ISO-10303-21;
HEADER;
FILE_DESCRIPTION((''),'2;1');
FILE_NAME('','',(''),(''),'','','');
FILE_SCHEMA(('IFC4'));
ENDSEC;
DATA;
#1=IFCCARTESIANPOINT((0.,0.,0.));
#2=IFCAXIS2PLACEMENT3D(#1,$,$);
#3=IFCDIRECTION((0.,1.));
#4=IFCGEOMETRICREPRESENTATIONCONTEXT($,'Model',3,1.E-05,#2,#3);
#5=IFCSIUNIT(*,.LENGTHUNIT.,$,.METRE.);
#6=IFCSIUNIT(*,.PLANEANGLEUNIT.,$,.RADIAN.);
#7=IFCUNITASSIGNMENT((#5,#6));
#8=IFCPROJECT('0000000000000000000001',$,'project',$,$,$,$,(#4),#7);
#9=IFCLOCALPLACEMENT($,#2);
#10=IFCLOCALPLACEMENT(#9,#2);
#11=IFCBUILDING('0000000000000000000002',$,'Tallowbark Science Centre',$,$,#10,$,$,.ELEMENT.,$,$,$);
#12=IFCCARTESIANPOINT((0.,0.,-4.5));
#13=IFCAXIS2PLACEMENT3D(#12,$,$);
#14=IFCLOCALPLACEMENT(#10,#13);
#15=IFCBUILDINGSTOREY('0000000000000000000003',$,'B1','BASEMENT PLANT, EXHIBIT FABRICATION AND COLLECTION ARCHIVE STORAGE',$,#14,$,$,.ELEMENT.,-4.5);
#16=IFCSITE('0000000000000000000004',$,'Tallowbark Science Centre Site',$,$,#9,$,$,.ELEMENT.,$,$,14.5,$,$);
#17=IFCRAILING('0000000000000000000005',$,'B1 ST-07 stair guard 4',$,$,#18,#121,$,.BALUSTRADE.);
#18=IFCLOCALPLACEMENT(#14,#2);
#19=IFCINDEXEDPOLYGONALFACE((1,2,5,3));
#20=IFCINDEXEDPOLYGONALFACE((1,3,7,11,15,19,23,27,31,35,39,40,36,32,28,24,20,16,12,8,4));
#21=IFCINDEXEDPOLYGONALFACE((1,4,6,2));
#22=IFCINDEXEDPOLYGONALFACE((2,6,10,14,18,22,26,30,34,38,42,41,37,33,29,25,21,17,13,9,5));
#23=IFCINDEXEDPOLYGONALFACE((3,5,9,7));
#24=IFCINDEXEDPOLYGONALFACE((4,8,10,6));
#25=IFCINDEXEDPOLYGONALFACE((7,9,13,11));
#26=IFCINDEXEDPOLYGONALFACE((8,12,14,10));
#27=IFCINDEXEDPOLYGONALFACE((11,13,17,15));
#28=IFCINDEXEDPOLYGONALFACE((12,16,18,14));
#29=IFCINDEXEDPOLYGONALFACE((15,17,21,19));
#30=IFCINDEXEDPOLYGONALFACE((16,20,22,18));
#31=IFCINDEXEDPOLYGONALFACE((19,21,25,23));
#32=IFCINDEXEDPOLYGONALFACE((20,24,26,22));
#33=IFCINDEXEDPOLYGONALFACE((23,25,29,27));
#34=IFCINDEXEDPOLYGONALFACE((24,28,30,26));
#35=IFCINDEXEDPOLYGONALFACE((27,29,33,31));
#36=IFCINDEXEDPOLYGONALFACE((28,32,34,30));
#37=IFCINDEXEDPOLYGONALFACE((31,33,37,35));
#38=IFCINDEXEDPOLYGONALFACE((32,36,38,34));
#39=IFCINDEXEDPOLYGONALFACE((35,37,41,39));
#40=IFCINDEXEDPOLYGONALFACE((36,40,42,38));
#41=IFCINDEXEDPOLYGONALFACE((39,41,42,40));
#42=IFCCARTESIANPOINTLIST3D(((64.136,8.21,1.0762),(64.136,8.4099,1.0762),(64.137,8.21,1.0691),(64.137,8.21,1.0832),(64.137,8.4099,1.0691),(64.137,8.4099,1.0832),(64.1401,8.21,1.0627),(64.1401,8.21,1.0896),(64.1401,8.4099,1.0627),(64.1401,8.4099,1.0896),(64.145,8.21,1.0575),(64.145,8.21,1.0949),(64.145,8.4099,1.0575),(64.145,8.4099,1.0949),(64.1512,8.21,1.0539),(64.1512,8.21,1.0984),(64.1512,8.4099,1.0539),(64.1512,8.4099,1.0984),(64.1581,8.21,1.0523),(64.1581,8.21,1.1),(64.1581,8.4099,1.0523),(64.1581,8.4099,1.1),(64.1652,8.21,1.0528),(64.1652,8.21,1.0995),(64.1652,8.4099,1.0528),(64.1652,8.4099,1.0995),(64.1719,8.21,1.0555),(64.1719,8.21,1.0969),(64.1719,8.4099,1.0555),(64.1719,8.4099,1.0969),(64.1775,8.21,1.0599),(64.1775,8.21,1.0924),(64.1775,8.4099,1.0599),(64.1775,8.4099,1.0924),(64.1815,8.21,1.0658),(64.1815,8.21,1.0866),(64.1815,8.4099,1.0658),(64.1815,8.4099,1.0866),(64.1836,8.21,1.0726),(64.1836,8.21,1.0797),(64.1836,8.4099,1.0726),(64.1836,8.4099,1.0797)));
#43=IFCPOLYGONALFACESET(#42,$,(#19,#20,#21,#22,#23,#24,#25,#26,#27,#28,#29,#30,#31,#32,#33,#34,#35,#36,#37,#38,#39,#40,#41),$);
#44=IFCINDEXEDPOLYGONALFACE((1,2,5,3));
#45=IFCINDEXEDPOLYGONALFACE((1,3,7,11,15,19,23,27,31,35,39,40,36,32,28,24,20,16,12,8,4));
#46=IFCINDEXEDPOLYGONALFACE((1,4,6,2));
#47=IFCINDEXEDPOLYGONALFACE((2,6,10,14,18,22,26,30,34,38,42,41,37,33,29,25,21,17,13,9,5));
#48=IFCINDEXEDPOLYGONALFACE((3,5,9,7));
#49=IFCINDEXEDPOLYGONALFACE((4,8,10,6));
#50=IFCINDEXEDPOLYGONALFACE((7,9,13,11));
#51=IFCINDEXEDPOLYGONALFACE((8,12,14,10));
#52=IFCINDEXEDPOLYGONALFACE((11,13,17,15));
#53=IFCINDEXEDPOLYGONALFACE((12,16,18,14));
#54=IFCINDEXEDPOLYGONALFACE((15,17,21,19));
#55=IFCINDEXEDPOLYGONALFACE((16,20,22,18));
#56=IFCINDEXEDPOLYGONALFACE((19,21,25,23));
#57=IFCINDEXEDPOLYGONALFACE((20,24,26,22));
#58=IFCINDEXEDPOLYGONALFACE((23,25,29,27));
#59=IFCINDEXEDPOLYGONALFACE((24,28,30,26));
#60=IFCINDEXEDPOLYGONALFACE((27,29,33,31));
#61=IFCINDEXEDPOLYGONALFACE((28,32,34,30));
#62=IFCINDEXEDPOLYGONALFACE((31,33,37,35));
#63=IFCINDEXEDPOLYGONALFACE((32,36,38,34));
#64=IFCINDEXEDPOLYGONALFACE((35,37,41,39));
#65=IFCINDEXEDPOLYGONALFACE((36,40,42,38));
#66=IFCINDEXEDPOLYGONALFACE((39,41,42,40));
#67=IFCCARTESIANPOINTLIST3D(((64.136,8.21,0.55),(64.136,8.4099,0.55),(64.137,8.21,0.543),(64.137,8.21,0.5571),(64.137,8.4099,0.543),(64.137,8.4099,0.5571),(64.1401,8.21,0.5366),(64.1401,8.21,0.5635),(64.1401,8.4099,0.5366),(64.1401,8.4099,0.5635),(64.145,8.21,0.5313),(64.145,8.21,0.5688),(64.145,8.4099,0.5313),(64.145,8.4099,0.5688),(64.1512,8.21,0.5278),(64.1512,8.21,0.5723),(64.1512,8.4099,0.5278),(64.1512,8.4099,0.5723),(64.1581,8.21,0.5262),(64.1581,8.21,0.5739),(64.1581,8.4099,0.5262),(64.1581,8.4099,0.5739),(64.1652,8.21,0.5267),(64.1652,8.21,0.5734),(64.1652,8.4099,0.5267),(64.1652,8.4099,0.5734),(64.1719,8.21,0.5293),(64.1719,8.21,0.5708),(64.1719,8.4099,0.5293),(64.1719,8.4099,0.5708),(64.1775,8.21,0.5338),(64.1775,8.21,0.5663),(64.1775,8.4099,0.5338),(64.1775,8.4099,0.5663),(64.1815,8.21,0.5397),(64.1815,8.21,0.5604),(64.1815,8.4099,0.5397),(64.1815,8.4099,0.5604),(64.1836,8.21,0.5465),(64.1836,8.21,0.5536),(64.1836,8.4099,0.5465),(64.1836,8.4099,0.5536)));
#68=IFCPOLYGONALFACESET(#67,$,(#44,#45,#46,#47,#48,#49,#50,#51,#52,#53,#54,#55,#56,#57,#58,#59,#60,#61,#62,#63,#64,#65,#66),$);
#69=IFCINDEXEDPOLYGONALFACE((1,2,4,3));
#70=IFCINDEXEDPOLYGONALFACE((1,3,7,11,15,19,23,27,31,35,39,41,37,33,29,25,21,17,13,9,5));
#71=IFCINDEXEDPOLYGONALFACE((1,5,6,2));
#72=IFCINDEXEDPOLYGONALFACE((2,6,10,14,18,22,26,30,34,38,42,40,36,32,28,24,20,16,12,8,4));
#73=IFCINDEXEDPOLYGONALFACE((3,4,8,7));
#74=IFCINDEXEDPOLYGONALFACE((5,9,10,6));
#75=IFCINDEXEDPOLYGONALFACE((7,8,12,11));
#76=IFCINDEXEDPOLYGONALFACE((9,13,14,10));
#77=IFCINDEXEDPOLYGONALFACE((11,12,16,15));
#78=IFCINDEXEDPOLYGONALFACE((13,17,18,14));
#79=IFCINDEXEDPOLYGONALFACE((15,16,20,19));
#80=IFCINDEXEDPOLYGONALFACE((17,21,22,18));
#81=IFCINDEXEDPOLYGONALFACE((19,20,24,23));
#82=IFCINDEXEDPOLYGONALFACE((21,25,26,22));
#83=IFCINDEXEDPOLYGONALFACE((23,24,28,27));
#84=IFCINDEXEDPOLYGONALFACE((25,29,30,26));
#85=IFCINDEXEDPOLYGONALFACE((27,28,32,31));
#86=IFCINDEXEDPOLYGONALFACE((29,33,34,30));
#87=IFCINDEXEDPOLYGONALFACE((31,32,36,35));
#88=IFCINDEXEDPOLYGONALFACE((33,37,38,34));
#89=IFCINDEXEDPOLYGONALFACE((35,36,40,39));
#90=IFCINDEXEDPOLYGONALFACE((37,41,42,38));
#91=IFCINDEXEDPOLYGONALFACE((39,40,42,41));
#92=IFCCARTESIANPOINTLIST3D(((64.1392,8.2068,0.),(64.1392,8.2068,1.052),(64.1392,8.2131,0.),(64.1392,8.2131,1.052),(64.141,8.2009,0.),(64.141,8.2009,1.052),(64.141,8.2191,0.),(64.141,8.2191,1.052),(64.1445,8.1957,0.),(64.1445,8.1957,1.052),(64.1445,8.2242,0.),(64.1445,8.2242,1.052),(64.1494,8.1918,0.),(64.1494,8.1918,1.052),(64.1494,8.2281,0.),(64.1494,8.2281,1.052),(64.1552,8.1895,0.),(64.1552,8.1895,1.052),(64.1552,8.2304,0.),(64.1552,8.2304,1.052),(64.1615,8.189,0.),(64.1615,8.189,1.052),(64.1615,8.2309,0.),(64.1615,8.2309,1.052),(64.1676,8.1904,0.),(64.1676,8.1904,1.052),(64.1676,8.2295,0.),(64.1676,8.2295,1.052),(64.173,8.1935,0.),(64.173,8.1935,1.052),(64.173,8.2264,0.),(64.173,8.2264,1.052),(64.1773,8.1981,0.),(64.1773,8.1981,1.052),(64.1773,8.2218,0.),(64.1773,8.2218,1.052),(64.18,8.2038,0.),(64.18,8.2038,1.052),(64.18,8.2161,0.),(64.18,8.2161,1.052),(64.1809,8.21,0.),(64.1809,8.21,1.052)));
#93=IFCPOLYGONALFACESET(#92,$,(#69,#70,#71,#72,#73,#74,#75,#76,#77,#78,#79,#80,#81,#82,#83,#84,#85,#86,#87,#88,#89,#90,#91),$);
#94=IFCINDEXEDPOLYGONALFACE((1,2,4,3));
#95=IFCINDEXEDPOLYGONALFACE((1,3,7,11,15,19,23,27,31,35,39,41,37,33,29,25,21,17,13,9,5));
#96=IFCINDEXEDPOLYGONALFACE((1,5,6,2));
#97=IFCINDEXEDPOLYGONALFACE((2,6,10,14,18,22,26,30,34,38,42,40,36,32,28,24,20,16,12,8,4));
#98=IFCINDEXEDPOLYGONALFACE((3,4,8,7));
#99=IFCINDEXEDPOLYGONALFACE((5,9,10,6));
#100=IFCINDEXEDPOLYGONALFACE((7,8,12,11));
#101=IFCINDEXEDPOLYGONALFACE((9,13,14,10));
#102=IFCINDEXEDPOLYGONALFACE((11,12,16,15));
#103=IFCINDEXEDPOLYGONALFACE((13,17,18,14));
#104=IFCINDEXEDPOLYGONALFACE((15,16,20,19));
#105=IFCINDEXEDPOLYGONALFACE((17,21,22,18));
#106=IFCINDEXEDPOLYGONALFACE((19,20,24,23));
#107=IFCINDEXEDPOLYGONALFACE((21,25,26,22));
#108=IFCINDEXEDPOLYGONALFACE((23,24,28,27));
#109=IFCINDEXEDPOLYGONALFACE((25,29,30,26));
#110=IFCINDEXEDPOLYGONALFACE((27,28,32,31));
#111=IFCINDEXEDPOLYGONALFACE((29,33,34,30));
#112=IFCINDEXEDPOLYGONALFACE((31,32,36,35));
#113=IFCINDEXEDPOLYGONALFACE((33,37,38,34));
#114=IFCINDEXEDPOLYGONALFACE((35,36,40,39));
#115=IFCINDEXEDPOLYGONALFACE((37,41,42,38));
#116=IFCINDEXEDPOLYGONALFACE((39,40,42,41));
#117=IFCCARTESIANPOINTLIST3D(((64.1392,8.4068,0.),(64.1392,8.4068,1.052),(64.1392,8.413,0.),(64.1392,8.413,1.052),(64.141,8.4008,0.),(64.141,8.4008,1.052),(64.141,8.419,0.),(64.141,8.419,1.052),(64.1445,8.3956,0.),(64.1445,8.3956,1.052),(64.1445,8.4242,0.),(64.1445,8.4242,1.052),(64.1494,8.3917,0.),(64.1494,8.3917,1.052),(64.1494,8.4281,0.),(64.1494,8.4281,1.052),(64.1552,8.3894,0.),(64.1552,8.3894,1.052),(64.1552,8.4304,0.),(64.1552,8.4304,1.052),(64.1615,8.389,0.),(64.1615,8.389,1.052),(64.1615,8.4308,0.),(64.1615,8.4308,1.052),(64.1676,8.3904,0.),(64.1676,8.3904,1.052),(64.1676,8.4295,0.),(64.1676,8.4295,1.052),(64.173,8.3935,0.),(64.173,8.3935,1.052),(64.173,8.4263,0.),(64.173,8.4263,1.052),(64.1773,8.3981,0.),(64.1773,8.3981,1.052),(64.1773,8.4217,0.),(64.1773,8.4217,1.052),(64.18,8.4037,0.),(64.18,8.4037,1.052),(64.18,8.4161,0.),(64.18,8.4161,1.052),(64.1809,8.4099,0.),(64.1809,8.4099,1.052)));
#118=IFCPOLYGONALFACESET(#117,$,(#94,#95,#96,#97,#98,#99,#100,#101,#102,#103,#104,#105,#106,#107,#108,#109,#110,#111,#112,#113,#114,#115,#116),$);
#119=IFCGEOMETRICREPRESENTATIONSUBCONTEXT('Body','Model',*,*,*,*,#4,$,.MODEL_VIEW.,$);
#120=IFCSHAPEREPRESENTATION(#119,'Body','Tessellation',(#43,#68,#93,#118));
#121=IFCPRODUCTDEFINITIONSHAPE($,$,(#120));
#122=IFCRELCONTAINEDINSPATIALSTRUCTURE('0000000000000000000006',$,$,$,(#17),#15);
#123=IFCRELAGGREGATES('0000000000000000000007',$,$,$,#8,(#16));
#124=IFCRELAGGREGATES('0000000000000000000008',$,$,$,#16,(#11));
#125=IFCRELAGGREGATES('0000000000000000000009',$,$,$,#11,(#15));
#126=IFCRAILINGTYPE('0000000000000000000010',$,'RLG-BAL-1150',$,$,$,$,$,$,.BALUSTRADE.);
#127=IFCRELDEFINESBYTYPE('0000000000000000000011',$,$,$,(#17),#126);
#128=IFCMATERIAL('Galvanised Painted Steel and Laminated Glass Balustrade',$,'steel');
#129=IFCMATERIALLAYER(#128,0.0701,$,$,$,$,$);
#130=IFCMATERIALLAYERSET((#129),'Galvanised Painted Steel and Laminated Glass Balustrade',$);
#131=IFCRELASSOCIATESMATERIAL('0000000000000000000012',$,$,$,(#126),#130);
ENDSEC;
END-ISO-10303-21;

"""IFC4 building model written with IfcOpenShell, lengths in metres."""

from ifc_helpers import new_model, si_unit, direction, frame, origin, origin_2d, place, context, subcontext, project, spatial, circle, extrude, material, layer, layer_set, type_object, element, save


model = new_model("IFC4")

# Units and contexts
model_context = context("Model", 3, precision=1e-05, world=origin(), true_north=direction((0.0, 1.0)))
body_context = subcontext(model_context, "Body", "Model", "MODEL_VIEW")
ifc_project = project(units=[si_unit("LENGTHUNIT", "METRE"), si_unit("PLANEANGLEUNIT", "RADIAN")], contexts=[model_context])

# Site, building, storey
site_placement = place(None, origin())
site = spatial("IfcSite", under=ifc_project, at=site_placement, Name="Tallowbark Science Centre Site", CompositionType="ELEMENT", RefElevation=14.5)
building_placement = place(site_placement, origin())
building = spatial("IfcBuilding", under=site, at=building_placement, Name="Tallowbark Science Centre", CompositionType="ELEMENT")
storey_placement = place(building_placement, frame((0.0, 0.0, -4.5)))
storey = spatial("IfcBuildingStorey", under=building, at=storey_placement, Name="B1", Description="BASEMENT PLANT, EXHIBIT FABRICATION AND COLLECTION ARCHIVE STORAGE", CompositionType="ELEMENT", Elevation=-4.5)

# Railing
ifc_material_1 = material(Name="Galvanised Painted Steel and Laminated Glass Balustrade", Category="steel")
ifc_layer_1 = layer(ifc_material_1, 0.0701)
ifc_layer_set_1 = layer_set([ifc_layer_1], Name="Galvanised Painted Steel and Laminated Glass Balustrade")
railing_type_1 = type_object("IfcRailingType", Name="RLG-BAL-1150", PredefinedType="BALUSTRADE", material=ifc_layer_set_1)
railing_1_placement = place(storey_placement, frame((64.1599, 8.21, 0.0)))
element("IfcRailing", 1, at=railing_1_placement, inside=storey, type_object=railing_type_1, Name="B1 ST-07 stair guard 4", PredefinedType="BALUSTRADE", context=body_context, shape_type="SweptSolid", body=[
    extrude(circle(Radius=0.0239, at=origin_2d()), frame((0.0, 0.0, 1.0762), z_axis=(0.0, 1.0, 0.0), x_axis=(-1.0, 0.0, 0.0)), (0.0, 0.0, 1.0), 0.2),
    extrude(circle(Radius=0.0239, at=origin_2d()), frame((0.0, 0.0, 0.55), z_axis=(0.0, 1.0, 0.0), x_axis=(-1.0, 0.0, 0.0)), (0.0, 0.0, 1.0), 0.2),
    extrude(circle(Radius=0.021, at=origin_2d()), origin(), (0.0, 0.0, 1.0), 1.052),
    extrude(circle(Radius=0.021, at=origin_2d()), frame((0.0, 0.2, 0.0)), (0.0, 0.0, 1.0), 1.052),
])

save(model, "model.ifc")
